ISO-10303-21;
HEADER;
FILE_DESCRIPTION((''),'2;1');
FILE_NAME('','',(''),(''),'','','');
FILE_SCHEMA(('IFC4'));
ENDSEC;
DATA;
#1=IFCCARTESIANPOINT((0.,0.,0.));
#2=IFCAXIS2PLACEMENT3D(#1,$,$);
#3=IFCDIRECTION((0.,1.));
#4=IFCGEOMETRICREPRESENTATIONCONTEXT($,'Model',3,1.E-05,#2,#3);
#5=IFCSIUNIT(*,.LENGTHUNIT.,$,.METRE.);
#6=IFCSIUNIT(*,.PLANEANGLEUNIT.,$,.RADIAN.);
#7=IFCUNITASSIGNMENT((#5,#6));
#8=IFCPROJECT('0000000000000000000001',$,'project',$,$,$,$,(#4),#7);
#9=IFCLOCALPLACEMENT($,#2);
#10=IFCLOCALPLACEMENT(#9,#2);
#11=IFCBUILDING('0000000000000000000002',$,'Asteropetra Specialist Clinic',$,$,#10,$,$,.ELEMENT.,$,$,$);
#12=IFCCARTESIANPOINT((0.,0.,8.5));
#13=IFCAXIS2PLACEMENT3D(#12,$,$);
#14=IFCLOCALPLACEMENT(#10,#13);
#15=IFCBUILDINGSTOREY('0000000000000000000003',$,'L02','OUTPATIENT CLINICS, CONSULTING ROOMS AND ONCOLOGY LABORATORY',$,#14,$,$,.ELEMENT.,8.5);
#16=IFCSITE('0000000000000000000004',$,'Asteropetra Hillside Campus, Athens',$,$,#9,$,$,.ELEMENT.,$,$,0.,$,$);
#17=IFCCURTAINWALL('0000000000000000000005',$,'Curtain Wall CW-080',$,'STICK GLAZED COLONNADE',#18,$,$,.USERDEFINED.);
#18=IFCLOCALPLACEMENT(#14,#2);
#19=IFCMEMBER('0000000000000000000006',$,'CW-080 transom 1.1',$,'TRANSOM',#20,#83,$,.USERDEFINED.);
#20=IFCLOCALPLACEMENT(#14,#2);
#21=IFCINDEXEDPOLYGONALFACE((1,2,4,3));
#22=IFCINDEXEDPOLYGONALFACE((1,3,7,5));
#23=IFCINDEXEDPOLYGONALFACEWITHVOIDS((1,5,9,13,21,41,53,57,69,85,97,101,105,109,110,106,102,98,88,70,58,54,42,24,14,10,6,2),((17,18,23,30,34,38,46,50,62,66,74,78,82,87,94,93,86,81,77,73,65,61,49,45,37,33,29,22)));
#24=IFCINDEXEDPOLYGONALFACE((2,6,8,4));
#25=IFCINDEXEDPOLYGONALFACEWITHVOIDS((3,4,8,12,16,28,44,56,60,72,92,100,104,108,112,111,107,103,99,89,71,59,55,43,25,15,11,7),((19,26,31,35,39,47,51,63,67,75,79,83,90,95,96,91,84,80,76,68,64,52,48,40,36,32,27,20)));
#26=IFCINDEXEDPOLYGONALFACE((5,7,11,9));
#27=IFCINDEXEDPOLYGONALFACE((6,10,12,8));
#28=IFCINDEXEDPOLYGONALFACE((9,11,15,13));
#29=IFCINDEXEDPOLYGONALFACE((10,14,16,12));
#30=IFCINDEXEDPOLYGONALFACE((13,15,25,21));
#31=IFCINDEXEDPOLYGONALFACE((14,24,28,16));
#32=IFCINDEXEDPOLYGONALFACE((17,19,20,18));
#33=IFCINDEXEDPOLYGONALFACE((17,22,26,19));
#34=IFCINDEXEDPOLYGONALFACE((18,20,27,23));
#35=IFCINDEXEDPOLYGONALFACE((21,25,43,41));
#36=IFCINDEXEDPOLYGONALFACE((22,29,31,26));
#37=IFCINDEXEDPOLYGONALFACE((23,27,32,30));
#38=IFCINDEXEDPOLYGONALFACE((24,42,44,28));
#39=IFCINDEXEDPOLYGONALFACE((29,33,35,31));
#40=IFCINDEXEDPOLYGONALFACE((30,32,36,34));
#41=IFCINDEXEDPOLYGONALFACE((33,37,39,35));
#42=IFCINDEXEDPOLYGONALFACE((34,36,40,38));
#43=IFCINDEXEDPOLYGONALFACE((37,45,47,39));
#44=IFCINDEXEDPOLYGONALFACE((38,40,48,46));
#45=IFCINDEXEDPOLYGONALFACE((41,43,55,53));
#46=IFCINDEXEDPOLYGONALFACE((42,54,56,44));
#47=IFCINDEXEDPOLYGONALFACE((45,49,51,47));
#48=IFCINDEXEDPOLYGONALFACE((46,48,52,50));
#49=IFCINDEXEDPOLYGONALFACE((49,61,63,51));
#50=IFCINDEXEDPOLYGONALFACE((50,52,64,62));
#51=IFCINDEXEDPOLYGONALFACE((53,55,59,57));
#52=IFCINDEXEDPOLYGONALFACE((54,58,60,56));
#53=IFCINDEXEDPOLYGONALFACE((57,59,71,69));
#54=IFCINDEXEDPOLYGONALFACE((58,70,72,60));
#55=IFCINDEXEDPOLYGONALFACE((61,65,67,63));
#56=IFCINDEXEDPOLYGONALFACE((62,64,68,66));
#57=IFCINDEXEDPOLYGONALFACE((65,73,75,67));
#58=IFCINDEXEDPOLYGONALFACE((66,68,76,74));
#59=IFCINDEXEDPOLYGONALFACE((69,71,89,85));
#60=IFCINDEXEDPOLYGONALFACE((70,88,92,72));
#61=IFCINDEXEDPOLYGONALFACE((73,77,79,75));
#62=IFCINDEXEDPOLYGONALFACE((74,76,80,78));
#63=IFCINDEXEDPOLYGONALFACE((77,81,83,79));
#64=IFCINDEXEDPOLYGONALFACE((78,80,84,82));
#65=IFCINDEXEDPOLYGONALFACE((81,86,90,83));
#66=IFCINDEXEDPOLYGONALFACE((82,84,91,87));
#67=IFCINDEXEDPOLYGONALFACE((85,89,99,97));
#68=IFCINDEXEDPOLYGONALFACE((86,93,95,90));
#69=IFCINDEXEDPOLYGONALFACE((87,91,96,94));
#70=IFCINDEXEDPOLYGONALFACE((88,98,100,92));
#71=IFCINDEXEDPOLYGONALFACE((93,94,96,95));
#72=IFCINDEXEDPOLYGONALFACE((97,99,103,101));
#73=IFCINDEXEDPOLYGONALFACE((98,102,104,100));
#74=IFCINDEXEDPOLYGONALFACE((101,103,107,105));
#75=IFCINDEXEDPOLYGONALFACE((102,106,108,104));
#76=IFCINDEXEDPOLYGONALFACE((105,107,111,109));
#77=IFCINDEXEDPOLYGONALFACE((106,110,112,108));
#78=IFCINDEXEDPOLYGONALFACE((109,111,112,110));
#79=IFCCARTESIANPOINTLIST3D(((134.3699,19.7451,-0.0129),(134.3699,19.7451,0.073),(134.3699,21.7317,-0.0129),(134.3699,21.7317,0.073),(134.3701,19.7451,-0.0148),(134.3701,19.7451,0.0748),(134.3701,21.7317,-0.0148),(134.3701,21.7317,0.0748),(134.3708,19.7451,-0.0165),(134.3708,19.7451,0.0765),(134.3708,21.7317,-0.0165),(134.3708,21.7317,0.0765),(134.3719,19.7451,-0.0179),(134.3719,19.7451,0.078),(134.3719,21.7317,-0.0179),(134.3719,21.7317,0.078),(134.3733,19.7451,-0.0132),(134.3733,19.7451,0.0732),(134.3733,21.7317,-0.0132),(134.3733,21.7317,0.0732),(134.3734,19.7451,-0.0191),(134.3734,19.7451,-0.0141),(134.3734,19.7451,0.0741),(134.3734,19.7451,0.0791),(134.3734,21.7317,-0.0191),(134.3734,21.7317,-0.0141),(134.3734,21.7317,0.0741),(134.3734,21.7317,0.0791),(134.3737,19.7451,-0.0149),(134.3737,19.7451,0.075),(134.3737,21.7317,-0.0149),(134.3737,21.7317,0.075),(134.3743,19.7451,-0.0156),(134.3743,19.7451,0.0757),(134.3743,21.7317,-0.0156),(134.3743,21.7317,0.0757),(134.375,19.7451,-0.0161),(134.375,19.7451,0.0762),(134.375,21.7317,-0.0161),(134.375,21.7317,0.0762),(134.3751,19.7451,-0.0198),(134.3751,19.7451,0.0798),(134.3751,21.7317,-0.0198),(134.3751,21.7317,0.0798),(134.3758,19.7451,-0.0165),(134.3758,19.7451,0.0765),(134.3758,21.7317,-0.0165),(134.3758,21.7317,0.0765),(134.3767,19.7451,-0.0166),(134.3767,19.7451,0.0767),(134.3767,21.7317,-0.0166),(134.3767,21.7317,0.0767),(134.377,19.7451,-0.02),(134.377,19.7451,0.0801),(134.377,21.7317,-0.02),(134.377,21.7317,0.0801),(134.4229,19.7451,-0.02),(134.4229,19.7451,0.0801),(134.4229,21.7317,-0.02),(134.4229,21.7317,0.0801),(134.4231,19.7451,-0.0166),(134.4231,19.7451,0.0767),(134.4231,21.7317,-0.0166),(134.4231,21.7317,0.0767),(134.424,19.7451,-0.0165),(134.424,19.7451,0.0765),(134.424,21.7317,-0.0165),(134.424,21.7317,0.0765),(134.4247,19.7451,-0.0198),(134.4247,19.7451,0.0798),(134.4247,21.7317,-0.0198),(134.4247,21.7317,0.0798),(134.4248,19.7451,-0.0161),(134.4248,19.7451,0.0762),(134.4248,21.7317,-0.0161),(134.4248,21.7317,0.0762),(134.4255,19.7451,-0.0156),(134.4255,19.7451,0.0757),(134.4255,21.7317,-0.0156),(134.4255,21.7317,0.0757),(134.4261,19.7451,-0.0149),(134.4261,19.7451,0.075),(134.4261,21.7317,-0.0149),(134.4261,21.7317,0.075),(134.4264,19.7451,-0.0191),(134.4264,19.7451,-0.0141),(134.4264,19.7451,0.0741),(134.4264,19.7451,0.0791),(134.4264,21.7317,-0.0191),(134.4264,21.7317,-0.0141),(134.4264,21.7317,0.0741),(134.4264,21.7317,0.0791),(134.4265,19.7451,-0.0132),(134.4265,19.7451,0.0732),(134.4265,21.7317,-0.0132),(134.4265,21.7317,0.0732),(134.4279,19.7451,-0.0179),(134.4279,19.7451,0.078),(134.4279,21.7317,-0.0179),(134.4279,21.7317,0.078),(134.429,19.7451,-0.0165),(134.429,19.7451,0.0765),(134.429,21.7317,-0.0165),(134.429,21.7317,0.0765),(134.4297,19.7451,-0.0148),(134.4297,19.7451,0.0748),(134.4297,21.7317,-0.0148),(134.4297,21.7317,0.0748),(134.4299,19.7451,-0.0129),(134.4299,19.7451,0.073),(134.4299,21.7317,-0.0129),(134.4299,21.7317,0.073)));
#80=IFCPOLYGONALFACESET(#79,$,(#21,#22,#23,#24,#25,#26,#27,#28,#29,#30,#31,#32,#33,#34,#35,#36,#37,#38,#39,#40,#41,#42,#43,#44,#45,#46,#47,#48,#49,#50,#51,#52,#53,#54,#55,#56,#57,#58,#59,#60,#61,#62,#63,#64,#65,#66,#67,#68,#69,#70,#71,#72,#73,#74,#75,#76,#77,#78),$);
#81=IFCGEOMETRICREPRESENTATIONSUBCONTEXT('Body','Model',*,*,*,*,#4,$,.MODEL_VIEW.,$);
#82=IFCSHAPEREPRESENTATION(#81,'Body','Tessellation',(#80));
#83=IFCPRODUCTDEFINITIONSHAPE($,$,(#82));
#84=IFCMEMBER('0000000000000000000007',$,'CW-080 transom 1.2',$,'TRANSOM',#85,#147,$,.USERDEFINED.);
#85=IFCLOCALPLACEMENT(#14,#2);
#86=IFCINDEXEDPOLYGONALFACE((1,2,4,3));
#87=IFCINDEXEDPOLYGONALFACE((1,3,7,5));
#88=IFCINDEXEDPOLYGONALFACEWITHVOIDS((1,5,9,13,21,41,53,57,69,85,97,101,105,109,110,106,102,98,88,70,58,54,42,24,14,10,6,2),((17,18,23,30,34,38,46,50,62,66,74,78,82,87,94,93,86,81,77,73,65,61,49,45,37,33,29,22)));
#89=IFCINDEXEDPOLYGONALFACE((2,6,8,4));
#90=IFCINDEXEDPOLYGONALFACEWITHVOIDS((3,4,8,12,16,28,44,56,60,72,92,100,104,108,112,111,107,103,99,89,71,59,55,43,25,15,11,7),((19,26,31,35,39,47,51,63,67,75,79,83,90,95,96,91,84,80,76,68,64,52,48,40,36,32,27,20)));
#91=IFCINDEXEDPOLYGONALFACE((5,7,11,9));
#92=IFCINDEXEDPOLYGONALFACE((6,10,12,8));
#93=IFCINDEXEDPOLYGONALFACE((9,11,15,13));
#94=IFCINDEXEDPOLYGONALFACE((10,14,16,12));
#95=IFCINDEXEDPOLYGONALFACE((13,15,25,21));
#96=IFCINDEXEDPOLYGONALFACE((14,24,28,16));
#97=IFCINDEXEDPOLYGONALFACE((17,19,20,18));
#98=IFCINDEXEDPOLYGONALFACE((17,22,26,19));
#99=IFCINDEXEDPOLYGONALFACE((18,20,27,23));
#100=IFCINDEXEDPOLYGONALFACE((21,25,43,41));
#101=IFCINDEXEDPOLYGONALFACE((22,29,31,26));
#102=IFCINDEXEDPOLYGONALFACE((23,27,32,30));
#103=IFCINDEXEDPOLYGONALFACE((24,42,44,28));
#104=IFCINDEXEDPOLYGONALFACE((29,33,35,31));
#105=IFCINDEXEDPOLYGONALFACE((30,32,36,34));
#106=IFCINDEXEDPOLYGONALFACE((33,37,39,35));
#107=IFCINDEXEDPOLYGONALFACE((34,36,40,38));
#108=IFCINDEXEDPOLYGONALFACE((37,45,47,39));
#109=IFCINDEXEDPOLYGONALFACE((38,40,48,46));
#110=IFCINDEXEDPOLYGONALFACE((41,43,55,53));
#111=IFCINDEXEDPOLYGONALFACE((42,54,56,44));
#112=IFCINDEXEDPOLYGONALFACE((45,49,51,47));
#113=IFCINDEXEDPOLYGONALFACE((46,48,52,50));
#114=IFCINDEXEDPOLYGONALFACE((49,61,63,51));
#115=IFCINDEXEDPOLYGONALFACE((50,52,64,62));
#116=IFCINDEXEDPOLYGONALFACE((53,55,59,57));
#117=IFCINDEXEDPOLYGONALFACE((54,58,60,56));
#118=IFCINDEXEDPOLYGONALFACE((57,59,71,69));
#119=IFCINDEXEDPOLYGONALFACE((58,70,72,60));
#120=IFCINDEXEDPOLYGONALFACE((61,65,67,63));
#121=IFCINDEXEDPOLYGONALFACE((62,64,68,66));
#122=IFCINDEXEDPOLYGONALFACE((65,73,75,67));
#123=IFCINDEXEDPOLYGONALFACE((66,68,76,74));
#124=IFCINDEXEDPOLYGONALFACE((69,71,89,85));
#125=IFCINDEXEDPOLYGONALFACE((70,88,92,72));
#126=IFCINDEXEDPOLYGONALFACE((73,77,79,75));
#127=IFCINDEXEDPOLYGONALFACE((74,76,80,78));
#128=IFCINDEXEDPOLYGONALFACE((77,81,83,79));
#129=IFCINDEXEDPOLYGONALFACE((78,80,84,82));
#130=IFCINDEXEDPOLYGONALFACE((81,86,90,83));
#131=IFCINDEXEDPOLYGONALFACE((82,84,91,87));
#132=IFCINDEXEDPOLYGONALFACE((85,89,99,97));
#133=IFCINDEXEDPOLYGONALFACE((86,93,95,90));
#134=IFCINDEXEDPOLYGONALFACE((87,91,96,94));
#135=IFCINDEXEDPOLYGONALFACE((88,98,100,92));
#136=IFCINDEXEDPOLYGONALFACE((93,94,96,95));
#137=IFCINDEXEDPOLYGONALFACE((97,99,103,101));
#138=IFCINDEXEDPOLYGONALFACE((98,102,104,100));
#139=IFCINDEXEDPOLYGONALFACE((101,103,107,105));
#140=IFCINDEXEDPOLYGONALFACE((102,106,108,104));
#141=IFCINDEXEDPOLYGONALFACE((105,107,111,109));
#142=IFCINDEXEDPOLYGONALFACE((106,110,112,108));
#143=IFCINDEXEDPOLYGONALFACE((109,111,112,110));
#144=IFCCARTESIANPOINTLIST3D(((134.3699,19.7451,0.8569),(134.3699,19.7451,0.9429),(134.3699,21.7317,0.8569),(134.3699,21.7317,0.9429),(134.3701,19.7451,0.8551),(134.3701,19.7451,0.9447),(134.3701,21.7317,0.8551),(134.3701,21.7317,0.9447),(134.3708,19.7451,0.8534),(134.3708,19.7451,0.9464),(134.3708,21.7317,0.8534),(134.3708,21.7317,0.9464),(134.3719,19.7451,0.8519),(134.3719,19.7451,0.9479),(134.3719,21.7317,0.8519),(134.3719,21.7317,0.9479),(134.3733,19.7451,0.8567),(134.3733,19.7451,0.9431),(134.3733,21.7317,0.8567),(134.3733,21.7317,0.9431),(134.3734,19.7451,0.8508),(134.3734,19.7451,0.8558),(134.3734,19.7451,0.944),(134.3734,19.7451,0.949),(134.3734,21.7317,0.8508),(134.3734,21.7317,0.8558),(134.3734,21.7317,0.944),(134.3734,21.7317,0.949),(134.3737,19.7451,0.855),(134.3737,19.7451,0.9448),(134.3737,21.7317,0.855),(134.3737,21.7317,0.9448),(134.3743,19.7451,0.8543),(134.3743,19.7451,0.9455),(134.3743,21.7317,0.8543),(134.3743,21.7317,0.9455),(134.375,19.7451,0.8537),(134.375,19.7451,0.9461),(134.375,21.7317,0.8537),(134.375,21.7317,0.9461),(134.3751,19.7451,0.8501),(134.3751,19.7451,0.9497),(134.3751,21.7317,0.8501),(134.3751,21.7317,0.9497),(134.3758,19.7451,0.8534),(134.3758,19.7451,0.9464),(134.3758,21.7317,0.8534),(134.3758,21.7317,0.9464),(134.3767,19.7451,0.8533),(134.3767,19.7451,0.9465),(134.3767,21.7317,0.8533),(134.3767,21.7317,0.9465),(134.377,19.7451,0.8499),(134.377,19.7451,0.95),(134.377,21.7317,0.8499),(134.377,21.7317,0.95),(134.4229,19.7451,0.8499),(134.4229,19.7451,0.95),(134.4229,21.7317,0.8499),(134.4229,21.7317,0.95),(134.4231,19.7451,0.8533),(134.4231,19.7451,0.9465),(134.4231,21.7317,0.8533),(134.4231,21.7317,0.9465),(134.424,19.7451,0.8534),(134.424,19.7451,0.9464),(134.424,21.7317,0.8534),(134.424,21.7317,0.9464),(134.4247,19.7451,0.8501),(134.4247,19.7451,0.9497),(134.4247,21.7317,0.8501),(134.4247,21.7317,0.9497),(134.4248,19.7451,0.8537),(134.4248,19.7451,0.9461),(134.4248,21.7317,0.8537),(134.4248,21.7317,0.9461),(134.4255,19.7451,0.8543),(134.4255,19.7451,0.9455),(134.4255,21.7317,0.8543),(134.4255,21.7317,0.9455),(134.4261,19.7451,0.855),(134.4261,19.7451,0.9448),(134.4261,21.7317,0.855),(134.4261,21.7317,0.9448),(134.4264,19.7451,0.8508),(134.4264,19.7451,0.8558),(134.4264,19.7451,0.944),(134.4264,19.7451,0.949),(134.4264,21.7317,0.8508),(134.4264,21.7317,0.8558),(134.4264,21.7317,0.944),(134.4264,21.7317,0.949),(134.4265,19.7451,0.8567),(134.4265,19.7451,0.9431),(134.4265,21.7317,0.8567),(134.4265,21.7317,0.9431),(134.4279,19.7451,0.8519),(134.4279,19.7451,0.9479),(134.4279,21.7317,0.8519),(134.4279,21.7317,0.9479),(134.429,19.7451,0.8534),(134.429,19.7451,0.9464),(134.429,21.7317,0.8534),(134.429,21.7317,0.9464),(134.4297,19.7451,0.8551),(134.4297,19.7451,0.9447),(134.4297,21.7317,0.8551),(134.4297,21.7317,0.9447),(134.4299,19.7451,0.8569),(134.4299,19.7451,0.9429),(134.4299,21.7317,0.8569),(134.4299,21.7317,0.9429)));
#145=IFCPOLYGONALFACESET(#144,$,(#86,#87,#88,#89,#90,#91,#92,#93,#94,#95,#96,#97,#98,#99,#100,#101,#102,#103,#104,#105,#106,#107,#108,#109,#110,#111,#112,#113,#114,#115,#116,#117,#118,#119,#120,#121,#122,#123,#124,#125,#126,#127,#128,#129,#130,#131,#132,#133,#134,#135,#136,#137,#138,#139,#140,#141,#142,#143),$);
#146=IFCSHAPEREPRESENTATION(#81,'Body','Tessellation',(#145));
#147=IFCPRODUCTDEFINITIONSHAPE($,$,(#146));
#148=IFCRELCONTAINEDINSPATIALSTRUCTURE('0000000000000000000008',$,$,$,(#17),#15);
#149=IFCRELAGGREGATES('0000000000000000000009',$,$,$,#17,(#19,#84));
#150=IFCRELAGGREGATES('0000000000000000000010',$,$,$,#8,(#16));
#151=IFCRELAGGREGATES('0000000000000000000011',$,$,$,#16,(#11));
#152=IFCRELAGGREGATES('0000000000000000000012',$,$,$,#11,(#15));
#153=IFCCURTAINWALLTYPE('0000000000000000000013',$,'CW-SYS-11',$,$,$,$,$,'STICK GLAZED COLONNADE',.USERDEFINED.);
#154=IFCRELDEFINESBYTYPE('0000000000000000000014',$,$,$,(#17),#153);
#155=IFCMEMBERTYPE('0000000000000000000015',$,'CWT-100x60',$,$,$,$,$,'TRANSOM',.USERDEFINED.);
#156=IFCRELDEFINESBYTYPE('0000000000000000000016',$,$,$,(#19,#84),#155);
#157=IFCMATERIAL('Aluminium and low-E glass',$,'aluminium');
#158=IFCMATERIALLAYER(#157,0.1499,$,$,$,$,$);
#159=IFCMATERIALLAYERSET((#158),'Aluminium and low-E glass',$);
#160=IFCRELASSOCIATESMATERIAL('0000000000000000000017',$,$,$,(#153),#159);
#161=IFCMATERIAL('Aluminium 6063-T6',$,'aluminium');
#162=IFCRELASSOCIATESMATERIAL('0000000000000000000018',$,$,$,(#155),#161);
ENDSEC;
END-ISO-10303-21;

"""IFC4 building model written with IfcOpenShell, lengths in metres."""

from ifc_helpers import new_model, si_unit, direction, frame, origin, origin_2d, place, context, subcontext, project, spatial, hollow_rectangle, extrude, material, layer, layer_set, material_profile, profile_set, type_object, element, aggregate, save


model = new_model("IFC4")

# Units and contexts
model_context = context("Model", 3, precision=1e-05, world=origin(), true_north=direction((0.0, 1.0)))
body_context = subcontext(model_context, "Body", "Model", "MODEL_VIEW")
ifc_project = project(units=[si_unit("LENGTHUNIT", "METRE"), si_unit("PLANEANGLEUNIT", "RADIAN")], contexts=[model_context])

# Site, building, storey
site_placement = place(None, origin())
site = spatial("IfcSite", under=ifc_project, at=site_placement, Name="Asteropetra Hillside Campus, Athens", CompositionType="ELEMENT", RefElevation=0.0)
building_placement = place(site_placement, origin())
building = spatial("IfcBuilding", under=site, at=building_placement, Name="Asteropetra Specialist Clinic", CompositionType="ELEMENT")
storey_placement = place(building_placement, frame((0.0, 0.0, 8.5)))
storey = spatial("IfcBuildingStorey", under=building, at=storey_placement, Name="L02", Description="OUTPATIENT CLINICS, CONSULTING ROOMS AND ONCOLOGY LABORATORY", CompositionType="ELEMENT", Elevation=8.5)

# Curtain wall
ifc_material_1 = material(Name="Aluminium and low-E glass", Category="aluminium")
ifc_layer_1 = layer(ifc_material_1, 0.1499)
ifc_layer_set_1 = layer_set([ifc_layer_1], Name="Aluminium and low-E glass")
curtain_wall_type = type_object("IfcCurtainWallType", Name="CW-SYS-11", ElementType="STICK GLAZED COLONNADE", PredefinedType="USERDEFINED", material=ifc_layer_set_1)
curtain_wall_1_placement = place(storey_placement, origin())
curtain_wall_1 = element("IfcCurtainWall", 1, at=curtain_wall_1_placement, inside=storey, type_object=curtain_wall_type, Name="Curtain Wall CW-080", ObjectType="STICK GLAZED COLONNADE", PredefinedType="USERDEFINED")

# Members
ifc_material_2 = material(Name="Aluminium 6063-T6", Category="aluminium")
ifc_material_profile_1 = material_profile(ifc_material_2, hollow_rectangle(XDim=0.0601, YDim=0.1001, WallThickness=0.0034, InnerFilletRadius=0.0034, OuterFilletRadius=0.0071, at=origin_2d()), Name="TRN 100x60x3.5")
ifc_profile_set_1 = profile_set([ifc_material_profile_1], Name="Aluminium 6063-T6")
member_type_1 = type_object("IfcMemberType", Name="CWT-100x60", ElementType="TRANSOM", PredefinedType="USERDEFINED", material=ifc_profile_set_1)
member_1_placement = place(storey_placement, frame((134.3999, 19.7451, 0.03), z_axis=(0.0, 1.0, 0.0), x_axis=(-1.0, 0.0, 0.0)))
member_1 = element("IfcMember", 2, at=member_1_placement, type_object=member_type_1, Name="CW-080 transom 1.1", ObjectType="TRANSOM", PredefinedType="USERDEFINED", context=body_context, shape_type="SweptSolid", body=[
    extrude(hollow_rectangle(XDim=0.0601, YDim=0.1001, WallThickness=0.0034, InnerFilletRadius=0.0034, OuterFilletRadius=0.0071, at=origin_2d()), origin(), (0.0, 0.0, 1.0), 1.9866),
])
member_2_placement = place(storey_placement, frame((134.3999, 19.7451, 0.8999), z_axis=(0.0, 1.0, 0.0), x_axis=(-1.0, 0.0, 0.0)))
member_2 = element("IfcMember", 3, at=member_2_placement, type_object=member_type_1, Name="CW-080 transom 1.2", ObjectType="TRANSOM", PredefinedType="USERDEFINED", context=body_context, shape_type="SweptSolid", body=[
    extrude(hollow_rectangle(XDim=0.0601, YDim=0.1001, WallThickness=0.0034, InnerFilletRadius=0.0034, OuterFilletRadius=0.0071, at=origin_2d()), origin(), (0.0, 0.0, 1.0), 1.9866),
])

aggregate(curtain_wall_1, [member_1, member_2])

save(model, "model.ifc")
